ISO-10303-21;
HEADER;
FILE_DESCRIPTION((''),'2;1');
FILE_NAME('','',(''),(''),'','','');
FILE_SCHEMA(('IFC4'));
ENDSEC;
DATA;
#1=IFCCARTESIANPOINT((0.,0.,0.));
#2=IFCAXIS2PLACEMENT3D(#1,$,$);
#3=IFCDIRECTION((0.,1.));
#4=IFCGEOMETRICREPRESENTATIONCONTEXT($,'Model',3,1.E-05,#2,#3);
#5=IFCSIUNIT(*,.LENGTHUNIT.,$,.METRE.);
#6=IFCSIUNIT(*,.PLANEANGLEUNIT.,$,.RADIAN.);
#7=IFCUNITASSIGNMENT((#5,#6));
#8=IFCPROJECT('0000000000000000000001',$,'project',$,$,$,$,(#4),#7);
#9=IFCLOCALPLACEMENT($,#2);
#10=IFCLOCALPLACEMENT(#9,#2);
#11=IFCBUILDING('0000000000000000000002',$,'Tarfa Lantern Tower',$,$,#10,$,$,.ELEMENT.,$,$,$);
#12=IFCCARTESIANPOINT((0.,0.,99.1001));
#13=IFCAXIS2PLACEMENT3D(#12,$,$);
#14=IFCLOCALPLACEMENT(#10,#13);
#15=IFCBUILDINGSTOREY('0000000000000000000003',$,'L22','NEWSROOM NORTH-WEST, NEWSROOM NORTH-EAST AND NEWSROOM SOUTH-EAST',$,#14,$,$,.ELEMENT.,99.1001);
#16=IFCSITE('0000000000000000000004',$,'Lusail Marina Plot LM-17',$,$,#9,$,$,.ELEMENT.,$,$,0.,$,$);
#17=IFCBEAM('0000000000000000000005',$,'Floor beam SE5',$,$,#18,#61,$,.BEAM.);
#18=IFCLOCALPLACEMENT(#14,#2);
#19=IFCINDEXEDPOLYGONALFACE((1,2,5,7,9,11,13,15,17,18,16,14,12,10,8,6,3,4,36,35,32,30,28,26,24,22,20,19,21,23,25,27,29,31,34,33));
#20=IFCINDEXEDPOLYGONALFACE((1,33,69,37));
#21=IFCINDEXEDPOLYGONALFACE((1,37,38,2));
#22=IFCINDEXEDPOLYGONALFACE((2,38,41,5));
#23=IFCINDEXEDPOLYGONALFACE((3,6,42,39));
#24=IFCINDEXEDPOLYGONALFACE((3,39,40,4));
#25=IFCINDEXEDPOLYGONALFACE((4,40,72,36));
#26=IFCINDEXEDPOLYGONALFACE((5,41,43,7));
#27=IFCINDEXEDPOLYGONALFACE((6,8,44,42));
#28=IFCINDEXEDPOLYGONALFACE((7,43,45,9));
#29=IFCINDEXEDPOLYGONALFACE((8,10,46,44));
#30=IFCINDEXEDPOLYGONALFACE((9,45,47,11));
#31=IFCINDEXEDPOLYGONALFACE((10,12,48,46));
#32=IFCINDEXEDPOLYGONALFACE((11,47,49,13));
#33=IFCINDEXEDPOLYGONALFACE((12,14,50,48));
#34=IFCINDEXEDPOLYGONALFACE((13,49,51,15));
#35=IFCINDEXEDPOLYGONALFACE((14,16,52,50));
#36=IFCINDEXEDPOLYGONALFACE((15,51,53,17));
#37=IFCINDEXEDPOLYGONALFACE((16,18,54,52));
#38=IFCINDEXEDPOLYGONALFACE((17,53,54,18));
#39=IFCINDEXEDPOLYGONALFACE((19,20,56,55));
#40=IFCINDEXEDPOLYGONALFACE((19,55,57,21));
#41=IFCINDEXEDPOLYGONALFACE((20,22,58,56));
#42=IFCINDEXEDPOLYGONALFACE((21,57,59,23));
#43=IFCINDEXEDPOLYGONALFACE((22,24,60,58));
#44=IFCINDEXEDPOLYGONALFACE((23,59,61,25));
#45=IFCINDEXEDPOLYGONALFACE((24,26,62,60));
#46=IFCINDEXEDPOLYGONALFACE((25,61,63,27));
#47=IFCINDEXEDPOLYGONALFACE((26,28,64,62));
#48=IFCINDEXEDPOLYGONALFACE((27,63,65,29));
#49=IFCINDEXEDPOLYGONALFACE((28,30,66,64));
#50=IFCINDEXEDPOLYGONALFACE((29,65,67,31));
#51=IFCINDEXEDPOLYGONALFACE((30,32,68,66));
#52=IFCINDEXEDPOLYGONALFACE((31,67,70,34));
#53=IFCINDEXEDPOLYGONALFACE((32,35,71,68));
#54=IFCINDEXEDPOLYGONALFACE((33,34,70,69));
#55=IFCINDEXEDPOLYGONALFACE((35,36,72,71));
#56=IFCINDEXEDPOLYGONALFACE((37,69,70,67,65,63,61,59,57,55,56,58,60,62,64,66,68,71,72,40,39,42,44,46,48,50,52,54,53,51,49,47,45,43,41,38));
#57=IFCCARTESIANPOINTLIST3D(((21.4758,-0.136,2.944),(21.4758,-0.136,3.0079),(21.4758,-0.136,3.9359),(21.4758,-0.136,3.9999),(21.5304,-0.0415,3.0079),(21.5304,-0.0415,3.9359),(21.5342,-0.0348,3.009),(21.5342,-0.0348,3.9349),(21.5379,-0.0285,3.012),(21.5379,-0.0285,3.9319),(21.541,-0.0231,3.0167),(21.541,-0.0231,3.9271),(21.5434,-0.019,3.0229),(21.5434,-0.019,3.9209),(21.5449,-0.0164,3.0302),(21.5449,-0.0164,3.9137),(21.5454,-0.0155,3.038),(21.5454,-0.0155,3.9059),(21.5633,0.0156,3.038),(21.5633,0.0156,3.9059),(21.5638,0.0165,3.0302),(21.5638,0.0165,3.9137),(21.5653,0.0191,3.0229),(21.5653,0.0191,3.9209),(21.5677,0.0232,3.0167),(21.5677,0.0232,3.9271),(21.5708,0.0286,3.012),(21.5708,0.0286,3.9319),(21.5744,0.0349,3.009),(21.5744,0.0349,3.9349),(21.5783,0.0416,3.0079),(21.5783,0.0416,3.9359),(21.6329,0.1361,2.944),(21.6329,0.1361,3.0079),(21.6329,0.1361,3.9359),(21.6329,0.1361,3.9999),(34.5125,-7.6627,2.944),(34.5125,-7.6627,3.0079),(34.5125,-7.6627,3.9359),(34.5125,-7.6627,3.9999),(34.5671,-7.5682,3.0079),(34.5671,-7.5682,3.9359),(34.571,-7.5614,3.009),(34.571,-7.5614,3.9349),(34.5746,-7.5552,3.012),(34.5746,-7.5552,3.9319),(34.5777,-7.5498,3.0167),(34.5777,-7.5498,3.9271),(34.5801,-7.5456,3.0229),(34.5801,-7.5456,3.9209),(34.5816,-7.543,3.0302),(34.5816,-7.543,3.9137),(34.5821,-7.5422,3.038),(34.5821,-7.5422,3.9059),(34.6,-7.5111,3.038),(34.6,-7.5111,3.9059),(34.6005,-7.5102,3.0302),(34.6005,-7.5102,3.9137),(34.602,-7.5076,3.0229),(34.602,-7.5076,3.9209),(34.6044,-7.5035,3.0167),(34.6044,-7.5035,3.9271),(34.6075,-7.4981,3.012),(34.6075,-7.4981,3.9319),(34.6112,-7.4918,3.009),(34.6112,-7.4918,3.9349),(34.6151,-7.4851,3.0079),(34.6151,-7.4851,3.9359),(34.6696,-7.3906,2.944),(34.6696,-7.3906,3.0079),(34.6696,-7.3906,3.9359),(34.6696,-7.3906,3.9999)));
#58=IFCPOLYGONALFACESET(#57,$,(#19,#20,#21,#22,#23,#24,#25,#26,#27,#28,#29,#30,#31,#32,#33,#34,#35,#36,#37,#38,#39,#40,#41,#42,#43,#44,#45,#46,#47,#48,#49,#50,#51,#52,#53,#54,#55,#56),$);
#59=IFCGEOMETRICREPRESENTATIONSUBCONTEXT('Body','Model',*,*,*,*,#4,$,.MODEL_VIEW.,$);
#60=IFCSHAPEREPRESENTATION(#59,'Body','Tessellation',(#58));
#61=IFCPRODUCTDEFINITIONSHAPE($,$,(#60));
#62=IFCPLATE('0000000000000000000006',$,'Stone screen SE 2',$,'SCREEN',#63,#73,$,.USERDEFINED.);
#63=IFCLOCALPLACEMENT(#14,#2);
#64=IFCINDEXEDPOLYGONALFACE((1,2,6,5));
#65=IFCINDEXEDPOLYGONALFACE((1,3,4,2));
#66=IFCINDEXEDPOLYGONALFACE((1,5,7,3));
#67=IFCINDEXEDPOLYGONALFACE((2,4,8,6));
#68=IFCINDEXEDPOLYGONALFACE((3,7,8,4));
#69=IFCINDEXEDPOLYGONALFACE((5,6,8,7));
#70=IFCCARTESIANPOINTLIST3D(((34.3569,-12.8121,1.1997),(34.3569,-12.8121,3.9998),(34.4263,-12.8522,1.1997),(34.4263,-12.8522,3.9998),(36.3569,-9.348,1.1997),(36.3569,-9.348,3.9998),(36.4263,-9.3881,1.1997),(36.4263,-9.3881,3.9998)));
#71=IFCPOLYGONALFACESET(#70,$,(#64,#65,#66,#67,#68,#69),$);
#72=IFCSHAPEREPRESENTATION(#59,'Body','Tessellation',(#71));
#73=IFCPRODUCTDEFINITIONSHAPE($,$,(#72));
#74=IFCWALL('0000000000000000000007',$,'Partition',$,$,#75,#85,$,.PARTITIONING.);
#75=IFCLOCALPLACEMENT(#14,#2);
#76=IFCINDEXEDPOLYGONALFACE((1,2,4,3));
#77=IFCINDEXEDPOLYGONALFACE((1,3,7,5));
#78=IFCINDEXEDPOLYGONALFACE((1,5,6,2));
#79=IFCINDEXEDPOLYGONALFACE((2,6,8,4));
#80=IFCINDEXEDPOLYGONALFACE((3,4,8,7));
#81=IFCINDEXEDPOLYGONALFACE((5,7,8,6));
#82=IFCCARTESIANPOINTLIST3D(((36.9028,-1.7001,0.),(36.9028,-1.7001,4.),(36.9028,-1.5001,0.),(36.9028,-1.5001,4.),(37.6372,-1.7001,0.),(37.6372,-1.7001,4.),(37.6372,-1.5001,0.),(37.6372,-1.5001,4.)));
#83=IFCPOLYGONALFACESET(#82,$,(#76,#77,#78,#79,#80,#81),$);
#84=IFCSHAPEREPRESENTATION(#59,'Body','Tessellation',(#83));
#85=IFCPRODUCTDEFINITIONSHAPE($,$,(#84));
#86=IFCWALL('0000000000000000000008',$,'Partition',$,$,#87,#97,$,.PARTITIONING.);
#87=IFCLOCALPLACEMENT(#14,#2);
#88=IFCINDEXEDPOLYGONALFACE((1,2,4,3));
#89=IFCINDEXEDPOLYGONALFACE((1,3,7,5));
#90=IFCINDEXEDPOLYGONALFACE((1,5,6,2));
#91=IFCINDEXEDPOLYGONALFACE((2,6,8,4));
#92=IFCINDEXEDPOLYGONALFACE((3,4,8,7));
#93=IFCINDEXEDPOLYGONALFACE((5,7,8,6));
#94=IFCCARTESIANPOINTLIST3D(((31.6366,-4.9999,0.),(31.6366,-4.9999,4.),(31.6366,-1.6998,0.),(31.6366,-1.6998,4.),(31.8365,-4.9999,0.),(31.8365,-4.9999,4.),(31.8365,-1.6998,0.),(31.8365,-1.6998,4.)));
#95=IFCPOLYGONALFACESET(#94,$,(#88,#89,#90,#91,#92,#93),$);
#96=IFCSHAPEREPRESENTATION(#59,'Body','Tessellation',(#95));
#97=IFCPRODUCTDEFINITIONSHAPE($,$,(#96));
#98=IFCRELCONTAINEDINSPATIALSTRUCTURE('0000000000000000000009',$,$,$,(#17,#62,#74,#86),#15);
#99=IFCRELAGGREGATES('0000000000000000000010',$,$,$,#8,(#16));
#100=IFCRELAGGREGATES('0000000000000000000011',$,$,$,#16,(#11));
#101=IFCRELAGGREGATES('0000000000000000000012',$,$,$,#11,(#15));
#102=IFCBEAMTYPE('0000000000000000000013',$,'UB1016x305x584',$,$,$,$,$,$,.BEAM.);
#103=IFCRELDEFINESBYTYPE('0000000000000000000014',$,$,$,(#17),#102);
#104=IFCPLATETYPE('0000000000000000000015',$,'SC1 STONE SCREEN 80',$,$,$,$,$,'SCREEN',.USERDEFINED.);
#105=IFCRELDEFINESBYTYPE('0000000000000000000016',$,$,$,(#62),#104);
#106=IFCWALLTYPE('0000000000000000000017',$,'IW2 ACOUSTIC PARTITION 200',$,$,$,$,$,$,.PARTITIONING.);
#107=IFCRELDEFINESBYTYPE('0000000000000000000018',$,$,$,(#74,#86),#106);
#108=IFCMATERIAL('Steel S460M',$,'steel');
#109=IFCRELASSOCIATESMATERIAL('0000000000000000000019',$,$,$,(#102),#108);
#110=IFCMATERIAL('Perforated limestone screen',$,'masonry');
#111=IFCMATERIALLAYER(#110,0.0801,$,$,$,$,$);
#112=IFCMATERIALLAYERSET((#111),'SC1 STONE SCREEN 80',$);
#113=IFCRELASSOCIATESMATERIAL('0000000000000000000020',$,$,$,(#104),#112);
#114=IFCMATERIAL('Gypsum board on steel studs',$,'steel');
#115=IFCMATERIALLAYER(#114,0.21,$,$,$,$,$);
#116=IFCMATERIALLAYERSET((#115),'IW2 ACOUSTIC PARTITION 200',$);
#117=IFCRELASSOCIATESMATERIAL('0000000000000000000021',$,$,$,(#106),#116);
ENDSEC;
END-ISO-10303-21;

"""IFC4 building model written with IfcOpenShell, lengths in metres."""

from ifc_helpers import new_model, si_unit, direction, frame, frame_2d, origin, origin_2d, place, context, subcontext, project, spatial, rectangle, i_section, extrude, material, layer, layer_set, material_profile, profile_set, type_object, element, save


model = new_model("IFC4")

# Units and contexts
model_context = context("Model", 3, precision=1e-05, world=origin(), true_north=direction((0.0, 1.0)))
body_context = subcontext(model_context, "Body", "Model", "MODEL_VIEW")
ifc_project = project(units=[si_unit("LENGTHUNIT", "METRE"), si_unit("PLANEANGLEUNIT", "RADIAN")], contexts=[model_context])

# Site, building, storey
site_placement = place(None, origin())
site = spatial("IfcSite", under=ifc_project, at=site_placement, Name="Lusail Marina Plot LM-17", CompositionType="ELEMENT", RefElevation=0.0)
building_placement = place(site_placement, origin())
building = spatial("IfcBuilding", under=site, at=building_placement, Name="Tarfa Lantern Tower", CompositionType="ELEMENT")
storey_placement = place(building_placement, frame((0.0, 0.0, 99.1001)))
storey = spatial("IfcBuildingStorey", under=building, at=storey_placement, Name="L22", Description="NEWSROOM NORTH-WEST, NEWSROOM NORTH-EAST AND NEWSROOM SOUTH-EAST", CompositionType="ELEMENT", Elevation=99.1001)

# Beam
ifc_material_1 = material(Name="Steel S460M", Category="steel")
ifc_material_profile_1 = material_profile(ifc_material_1, i_section(OverallWidth=0.3142, OverallDepth=1.0559, WebThickness=0.0359, FlangeThickness=0.064, FilletRadius=0.03, at=origin_2d()), Name="UB1016x305x584")
ifc_profile_set_1 = profile_set([ifc_material_profile_1], Name="Steel S460M")
beam_type_1 = type_object("IfcBeamType", Name="UB1016x305x584", PredefinedType="BEAM", material=ifc_profile_set_1)
beam_1_placement = place(storey_placement, frame((34.5911, -7.5266, 3.4719), z_axis=(-0.866028, 0.499996, 0.0), x_axis=(-0.499996, -0.866028, 0.0)))
element("IfcBeam", 1, at=beam_1_placement, inside=storey, type_object=beam_type_1, Name="Floor beam SE5", PredefinedType="BEAM", context=body_context, shape_type="SweptSolid", body=[
    extrude(i_section(OverallWidth=0.3142, OverallDepth=1.0559, WebThickness=0.0359, FlangeThickness=0.064, FilletRadius=0.03, at=origin_2d()), origin(), (0.0, 0.0, 1.0), 15.0535),
])

# Plate
ifc_material_2 = material(Name="Perforated limestone screen", Category="masonry")
ifc_layer_1 = layer(ifc_material_2, 0.0801)
ifc_layer_set_1 = layer_set([ifc_layer_1], Name="SC1 STONE SCREEN 80")
plate_type = type_object("IfcPlateType", Name="SC1 STONE SCREEN 80", ElementType="SCREEN", PredefinedType="USERDEFINED", material=ifc_layer_set_1)
plate_placement = place(storey_placement, frame((35.3916, -11.1001, 1.1997), z_axis=(0.0, 0.0, 1.0), x_axis=(0.5, 0.866025, 0.0)))
element("IfcPlate", 2, at=plate_placement, inside=storey, type_object=plate_type, Name="Stone screen SE 2", ObjectType="SCREEN", PredefinedType="USERDEFINED", context=body_context, shape_type="SweptSolid", body=[
    extrude(rectangle(XDim=4.0, YDim=0.0801, at=origin_2d()), origin(), (0.0, 0.0, 1.0), 2.8),
])

# Walls
ifc_material_3 = material(Name="Gypsum board on steel studs", Category="steel")
ifc_layer_2 = layer(ifc_material_3, 0.21)
ifc_layer_set_2 = layer_set([ifc_layer_2], Name="IW2 ACOUSTIC PARTITION 200")
wall_type = type_object("IfcWallType", Name="IW2 ACOUSTIC PARTITION 200", PredefinedType="PARTITIONING", material=ifc_layer_set_2)
wall_1_placement = place(storey_placement, frame((36.9028, -1.6001, 0.0), z_axis=(0.0, 0.0, 1.0), x_axis=(1.0, 0.0, 0.0)))
element("IfcWall", 3, at=wall_1_placement, inside=storey, type_object=wall_type, Name="Partition", PredefinedType="PARTITIONING", context=body_context, shape_type="SweptSolid", body=[
    extrude(rectangle(XDim=0.7344, YDim=0.2, at=frame_2d((0.3672, 0.0))), origin(), (0.0, 0.0, 1.0), 4.0),
])
wall_2_placement = place(storey_placement, frame((31.7366, -1.7, 0.0), z_axis=(0.0, 0.0, 1.0), x_axis=(0.0, -1.0, 0.0)))
element("IfcWall", 4, at=wall_2_placement, inside=storey, type_object=wall_type, Name="Partition", PredefinedType="PARTITIONING", context=body_context, shape_type="SweptSolid", body=[
    extrude(rectangle(XDim=3.3, YDim=0.2, at=frame_2d((1.6499, 0.0))), origin(), (0.0, 0.0, 1.0), 4.0),
])

save(model, "model.ifc")
